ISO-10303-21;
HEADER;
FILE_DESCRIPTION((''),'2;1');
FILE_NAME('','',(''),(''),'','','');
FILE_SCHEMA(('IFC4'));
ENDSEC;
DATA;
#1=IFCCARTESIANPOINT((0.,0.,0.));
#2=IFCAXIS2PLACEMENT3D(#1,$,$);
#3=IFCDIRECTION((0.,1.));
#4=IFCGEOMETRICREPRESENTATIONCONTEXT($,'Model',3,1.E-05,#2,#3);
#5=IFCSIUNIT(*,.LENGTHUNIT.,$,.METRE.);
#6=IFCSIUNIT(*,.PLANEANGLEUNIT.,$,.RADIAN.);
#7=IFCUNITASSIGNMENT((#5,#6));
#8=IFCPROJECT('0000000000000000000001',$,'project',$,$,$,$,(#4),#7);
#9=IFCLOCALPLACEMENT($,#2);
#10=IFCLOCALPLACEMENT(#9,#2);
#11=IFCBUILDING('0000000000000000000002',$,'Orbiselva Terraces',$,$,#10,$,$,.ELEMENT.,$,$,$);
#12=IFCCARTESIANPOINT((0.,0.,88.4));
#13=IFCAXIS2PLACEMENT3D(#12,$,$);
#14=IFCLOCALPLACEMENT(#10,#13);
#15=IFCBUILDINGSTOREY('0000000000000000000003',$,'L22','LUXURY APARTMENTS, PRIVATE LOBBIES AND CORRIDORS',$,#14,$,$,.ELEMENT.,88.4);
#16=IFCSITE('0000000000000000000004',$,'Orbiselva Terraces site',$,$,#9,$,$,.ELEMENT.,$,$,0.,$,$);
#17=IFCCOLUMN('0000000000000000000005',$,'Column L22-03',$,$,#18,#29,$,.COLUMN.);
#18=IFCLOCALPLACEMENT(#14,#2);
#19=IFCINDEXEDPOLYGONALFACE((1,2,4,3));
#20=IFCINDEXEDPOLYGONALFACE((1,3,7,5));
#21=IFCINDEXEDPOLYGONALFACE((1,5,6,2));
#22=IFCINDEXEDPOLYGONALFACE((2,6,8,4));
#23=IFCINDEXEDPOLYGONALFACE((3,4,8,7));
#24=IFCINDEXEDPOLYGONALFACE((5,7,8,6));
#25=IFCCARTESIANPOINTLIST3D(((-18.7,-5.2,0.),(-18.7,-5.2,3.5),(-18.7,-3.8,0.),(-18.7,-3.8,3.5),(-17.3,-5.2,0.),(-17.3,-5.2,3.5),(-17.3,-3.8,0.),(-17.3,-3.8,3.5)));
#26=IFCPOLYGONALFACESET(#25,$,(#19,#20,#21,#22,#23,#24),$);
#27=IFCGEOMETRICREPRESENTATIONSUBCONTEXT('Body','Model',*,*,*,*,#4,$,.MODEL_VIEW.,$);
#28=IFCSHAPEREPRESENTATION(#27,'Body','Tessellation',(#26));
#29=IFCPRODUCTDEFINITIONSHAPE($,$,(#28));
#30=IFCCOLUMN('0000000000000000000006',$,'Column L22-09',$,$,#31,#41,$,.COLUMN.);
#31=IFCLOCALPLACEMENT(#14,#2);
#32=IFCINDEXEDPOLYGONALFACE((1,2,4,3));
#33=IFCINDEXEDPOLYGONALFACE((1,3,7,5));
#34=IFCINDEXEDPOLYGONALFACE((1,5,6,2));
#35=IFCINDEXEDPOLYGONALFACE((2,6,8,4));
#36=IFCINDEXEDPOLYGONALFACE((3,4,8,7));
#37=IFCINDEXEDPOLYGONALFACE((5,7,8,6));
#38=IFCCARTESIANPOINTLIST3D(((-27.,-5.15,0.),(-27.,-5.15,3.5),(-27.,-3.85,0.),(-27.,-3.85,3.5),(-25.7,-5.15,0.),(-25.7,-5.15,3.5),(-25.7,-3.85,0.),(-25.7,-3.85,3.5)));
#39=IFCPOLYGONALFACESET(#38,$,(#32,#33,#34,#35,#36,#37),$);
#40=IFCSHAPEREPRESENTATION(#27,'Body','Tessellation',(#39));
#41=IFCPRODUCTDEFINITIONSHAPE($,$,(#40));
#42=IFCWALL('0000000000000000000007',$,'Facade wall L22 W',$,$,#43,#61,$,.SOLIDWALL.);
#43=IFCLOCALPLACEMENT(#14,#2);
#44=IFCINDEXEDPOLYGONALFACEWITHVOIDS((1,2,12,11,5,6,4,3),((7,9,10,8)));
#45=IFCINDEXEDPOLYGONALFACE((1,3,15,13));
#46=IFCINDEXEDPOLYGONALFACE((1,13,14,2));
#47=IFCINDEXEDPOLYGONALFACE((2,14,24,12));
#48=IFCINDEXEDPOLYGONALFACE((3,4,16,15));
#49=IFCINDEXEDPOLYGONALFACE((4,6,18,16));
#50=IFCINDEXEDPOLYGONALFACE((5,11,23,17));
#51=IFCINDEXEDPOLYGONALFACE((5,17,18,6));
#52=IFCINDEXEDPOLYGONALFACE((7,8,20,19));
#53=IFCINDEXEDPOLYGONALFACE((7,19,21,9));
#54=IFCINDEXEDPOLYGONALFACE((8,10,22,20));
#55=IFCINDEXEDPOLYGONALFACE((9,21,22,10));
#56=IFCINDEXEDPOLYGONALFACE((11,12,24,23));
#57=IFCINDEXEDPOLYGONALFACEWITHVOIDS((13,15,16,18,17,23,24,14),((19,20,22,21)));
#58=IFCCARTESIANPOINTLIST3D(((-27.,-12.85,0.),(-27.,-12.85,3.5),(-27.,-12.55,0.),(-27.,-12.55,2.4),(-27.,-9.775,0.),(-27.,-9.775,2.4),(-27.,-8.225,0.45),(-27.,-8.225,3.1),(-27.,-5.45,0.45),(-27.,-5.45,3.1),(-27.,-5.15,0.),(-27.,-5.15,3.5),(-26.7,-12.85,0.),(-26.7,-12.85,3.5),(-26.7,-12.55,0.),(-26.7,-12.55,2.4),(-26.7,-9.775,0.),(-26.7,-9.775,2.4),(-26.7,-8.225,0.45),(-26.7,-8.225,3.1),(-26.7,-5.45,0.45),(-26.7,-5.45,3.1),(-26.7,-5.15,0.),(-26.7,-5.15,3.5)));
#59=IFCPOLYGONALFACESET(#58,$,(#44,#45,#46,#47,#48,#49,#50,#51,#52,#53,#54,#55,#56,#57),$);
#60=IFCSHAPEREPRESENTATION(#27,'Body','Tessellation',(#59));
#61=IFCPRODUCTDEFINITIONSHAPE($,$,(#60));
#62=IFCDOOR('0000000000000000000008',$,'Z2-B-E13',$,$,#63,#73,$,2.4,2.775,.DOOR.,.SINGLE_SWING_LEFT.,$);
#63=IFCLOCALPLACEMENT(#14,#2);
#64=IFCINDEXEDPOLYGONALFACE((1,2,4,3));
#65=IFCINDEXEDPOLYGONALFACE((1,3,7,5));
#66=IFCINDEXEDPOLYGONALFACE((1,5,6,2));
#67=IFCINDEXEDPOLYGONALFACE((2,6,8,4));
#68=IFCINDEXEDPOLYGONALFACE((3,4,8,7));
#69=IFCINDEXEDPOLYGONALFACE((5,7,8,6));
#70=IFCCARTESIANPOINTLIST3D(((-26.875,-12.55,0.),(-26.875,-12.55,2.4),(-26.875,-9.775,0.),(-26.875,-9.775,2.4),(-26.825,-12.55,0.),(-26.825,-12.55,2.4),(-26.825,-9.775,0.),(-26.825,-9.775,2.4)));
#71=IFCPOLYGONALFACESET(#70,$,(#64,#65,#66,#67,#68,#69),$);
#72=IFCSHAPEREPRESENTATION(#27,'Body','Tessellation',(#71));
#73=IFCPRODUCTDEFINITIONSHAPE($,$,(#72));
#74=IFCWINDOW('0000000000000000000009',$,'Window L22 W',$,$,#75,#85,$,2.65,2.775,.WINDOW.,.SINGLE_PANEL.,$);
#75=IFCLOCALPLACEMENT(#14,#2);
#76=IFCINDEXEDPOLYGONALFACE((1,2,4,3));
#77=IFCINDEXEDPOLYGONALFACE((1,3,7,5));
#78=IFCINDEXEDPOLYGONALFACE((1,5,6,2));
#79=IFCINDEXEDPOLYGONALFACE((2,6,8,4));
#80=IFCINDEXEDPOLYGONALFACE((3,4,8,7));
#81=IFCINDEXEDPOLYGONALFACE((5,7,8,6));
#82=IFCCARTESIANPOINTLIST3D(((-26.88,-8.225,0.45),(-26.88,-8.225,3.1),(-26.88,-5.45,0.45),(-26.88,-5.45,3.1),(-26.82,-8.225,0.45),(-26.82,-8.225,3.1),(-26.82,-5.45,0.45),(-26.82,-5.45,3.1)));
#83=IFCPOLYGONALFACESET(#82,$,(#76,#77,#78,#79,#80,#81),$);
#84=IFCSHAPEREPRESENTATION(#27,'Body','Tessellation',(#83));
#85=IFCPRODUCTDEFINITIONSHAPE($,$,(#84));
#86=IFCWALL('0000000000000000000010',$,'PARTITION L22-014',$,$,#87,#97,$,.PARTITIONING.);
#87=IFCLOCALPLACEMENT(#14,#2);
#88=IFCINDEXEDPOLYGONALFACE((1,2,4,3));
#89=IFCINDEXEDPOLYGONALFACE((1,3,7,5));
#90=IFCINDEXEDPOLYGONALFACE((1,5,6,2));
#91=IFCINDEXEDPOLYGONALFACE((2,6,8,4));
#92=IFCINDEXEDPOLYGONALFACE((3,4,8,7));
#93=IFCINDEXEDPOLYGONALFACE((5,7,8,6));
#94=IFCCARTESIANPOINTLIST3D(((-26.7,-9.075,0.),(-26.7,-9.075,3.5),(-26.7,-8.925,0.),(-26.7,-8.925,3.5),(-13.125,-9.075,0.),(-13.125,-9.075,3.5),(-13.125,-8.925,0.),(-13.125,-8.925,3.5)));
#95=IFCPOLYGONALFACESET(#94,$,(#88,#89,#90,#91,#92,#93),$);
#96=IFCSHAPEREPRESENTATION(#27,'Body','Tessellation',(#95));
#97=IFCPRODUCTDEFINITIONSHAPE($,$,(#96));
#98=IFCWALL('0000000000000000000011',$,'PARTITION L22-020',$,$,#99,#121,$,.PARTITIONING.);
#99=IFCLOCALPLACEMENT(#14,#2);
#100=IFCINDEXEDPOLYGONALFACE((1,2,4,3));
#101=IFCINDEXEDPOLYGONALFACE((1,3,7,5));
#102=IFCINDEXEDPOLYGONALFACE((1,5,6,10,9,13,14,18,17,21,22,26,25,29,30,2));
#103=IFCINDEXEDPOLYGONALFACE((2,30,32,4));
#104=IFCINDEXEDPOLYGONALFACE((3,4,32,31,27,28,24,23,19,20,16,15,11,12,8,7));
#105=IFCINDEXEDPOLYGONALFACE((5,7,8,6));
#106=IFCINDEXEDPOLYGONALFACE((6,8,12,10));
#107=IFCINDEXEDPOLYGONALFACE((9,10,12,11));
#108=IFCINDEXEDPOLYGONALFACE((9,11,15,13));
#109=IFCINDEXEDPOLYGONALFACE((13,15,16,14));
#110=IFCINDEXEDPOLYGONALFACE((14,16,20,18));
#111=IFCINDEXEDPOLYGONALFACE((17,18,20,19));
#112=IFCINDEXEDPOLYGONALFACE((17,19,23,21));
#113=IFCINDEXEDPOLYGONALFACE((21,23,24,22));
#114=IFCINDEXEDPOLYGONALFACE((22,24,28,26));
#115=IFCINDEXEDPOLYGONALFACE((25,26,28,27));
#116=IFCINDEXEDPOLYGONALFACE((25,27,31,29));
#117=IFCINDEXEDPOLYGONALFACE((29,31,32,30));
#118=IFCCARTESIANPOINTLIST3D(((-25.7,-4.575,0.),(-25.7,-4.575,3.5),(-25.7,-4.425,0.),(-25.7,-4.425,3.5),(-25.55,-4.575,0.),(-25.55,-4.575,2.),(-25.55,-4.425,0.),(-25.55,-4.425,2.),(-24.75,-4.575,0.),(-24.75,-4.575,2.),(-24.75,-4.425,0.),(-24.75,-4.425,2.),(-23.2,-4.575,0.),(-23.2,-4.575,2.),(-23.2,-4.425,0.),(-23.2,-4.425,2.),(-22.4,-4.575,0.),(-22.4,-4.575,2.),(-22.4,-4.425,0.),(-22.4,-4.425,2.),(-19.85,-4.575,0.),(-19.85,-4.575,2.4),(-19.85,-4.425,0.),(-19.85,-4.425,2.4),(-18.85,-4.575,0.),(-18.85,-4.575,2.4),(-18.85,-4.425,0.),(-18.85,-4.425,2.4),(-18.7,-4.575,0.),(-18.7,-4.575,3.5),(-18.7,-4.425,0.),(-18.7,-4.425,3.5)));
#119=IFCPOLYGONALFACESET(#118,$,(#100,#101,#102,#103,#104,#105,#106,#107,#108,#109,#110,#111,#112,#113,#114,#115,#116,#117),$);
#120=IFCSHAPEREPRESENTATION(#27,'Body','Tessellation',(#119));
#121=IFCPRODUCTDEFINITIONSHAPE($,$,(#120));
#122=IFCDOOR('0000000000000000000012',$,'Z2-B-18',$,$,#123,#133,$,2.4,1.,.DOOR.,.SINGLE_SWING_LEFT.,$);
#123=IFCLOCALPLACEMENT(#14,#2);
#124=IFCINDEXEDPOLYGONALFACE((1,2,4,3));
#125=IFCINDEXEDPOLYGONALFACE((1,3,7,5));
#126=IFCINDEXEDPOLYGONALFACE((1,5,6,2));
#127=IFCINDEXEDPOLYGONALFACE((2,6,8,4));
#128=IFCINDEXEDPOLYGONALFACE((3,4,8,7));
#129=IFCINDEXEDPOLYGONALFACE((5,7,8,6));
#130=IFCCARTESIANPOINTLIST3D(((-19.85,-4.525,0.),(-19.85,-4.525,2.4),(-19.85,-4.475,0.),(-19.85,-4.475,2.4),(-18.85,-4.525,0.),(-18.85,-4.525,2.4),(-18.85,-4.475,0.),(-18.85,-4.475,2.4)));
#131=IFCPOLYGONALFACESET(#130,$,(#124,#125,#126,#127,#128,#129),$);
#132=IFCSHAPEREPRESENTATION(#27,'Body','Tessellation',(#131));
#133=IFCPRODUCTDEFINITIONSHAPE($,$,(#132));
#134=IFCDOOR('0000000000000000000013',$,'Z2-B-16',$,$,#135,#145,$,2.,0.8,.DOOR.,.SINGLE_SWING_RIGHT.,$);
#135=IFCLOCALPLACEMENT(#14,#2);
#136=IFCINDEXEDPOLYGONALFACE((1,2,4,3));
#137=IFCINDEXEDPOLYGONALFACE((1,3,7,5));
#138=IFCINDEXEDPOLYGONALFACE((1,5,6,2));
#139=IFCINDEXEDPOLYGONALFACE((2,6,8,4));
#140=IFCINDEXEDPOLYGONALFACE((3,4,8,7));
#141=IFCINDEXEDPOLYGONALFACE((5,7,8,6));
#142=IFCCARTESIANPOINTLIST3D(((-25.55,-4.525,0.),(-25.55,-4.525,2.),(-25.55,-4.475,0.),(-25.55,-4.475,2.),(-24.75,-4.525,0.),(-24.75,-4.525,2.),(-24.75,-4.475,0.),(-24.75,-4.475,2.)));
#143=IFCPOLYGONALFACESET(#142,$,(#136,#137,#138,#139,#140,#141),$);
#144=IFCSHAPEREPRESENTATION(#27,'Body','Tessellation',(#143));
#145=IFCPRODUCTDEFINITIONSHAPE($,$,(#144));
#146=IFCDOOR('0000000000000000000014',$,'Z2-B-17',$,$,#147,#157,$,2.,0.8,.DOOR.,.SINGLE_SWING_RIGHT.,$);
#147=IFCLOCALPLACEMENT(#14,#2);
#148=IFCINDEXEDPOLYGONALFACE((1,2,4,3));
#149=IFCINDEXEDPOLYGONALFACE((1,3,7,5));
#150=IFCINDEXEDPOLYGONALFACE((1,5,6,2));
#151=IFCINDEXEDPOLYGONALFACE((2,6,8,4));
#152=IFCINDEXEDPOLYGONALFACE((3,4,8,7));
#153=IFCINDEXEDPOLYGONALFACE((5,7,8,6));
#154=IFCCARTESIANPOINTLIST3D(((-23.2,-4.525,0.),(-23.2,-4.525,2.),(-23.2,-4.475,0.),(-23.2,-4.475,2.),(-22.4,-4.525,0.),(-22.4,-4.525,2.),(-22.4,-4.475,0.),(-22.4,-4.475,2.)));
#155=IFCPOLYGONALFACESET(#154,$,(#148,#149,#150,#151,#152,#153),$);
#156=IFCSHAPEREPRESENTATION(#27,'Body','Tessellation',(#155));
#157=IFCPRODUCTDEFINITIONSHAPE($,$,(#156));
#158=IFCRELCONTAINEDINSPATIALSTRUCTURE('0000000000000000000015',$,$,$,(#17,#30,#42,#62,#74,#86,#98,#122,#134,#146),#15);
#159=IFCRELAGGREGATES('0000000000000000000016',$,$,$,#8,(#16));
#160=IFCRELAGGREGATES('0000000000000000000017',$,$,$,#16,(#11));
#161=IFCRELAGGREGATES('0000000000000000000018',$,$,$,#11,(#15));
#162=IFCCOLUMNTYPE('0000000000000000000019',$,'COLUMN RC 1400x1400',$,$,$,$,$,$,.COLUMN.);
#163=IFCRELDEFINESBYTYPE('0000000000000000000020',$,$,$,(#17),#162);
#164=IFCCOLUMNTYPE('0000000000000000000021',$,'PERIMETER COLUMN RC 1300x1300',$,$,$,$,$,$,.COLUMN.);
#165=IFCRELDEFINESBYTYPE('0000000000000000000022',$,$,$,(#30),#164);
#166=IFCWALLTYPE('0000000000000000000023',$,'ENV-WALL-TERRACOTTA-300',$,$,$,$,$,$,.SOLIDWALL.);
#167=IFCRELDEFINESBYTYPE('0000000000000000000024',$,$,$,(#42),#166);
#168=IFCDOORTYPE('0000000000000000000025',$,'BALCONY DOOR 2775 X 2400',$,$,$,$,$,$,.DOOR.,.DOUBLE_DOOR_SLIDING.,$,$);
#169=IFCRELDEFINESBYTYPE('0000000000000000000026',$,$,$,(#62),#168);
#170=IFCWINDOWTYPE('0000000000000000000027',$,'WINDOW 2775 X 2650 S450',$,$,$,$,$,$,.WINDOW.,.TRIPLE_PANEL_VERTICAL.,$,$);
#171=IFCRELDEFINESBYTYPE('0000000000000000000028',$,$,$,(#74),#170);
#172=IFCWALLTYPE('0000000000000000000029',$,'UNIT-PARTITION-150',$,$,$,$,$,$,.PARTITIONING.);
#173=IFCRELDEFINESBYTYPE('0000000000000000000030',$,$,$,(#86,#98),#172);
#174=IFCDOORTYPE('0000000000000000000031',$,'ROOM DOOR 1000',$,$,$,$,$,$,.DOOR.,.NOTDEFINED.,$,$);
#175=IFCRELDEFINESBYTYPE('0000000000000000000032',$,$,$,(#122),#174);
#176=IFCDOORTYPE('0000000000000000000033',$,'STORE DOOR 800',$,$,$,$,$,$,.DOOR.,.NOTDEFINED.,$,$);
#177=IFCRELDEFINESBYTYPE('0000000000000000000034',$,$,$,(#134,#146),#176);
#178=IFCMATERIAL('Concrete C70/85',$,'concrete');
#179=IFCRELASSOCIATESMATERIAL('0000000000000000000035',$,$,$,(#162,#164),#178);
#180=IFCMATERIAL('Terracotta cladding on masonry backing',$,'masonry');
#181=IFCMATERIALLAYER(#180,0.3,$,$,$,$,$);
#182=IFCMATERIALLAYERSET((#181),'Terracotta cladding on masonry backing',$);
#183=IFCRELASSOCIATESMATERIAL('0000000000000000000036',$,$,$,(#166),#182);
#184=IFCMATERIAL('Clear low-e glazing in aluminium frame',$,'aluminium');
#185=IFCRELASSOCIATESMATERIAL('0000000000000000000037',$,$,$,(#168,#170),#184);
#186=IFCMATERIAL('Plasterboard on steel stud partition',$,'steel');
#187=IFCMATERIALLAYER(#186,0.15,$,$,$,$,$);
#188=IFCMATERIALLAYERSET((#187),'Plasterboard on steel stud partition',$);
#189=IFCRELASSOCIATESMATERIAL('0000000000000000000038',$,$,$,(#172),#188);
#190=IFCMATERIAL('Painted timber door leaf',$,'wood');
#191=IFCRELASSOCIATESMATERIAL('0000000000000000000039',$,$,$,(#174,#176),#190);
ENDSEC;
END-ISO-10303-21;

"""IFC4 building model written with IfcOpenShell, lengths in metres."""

from ifc_helpers import new_model, si_unit, direction, frame, frame_2d, origin, origin_2d, place, context, subcontext, project, spatial, rectangle, extrude, material, layer, layer_set, material_profile, profile_set, type_object, element, fill, save


model = new_model("IFC4")

# Units and contexts
model_context = context("Model", 3, precision=1e-05, world=origin(), true_north=direction((0.0, 1.0)))
body_context = subcontext(model_context, "Body", "Model", "MODEL_VIEW")
ifc_project = project(units=[si_unit("LENGTHUNIT", "METRE"), si_unit("PLANEANGLEUNIT", "RADIAN")], contexts=[model_context])

# Site, building, storey
site_placement = place(None, origin())
site = spatial("IfcSite", under=ifc_project, at=site_placement, Name="Orbiselva Terraces site", CompositionType="ELEMENT", RefElevation=0.0)
building_placement = place(site_placement, origin())
building = spatial("IfcBuilding", under=site, at=building_placement, Name="Orbiselva Terraces", CompositionType="ELEMENT")
storey_placement = place(building_placement, frame((0.0, 0.0, 88.4)))
storey = spatial("IfcBuildingStorey", under=building, at=storey_placement, Name="L22", Description="LUXURY APARTMENTS, PRIVATE LOBBIES AND CORRIDORS", CompositionType="ELEMENT", Elevation=88.4)

# Columns
ifc_material_1 = material(Name="Concrete C70/85", Category="concrete")
ifc_material_profile_1 = material_profile(ifc_material_1, rectangle(XDim=1.4, YDim=1.4, at=origin_2d()), Name="RC 1400x1400")
ifc_profile_set_1 = profile_set([ifc_material_profile_1], Name="Concrete C70/85")
column_type_1 = type_object("IfcColumnType", Name="COLUMN RC 1400x1400", PredefinedType="COLUMN", material=ifc_profile_set_1)
column_1_placement = place(storey_placement, frame((-18.0, -4.5, 0.0), z_axis=(0.0, 0.0, 1.0), x_axis=(1.0, 0.0, 0.0)))
element("IfcColumn", 1, at=column_1_placement, inside=storey, type_object=column_type_1, Name="Column L22-03", PredefinedType="COLUMN", context=body_context, shape_type="SweptSolid", body=[
    extrude(rectangle(XDim=1.4, YDim=1.4, at=origin_2d()), origin(), (0.0, 0.0, 1.0), 3.5),
])
ifc_material_profile_2 = material_profile(ifc_material_1, rectangle(XDim=1.3, YDim=1.3, at=origin_2d()), Name="RC 1300x1300")
ifc_profile_set_2 = profile_set([ifc_material_profile_2], Name="Concrete C70/85")
column_type_2 = type_object("IfcColumnType", Name="PERIMETER COLUMN RC 1300x1300", PredefinedType="COLUMN", material=ifc_profile_set_2)
column_2_placement = place(storey_placement, frame((-26.35, -4.5, 0.0), z_axis=(0.0, 0.0, 1.0), x_axis=(1.0, 0.0, 0.0)))
element("IfcColumn", 2, at=column_2_placement, inside=storey, type_object=column_type_2, Name="Column L22-09", PredefinedType="COLUMN", context=body_context, shape_type="SweptSolid", body=[
    extrude(rectangle(XDim=1.3, YDim=1.3, at=origin_2d()), origin(), (0.0, 0.0, 1.0), 3.5),
])

# Wall, openings, door, window
ifc_material_2 = material(Name="Terracotta cladding on masonry backing", Category="masonry")
ifc_layer_1 = layer(ifc_material_2, 0.3)
ifc_layer_set_1 = layer_set([ifc_layer_1], Name="Terracotta cladding on masonry backing")
wall_type_1 = type_object("IfcWallType", Name="ENV-WALL-TERRACOTTA-300", PredefinedType="SOLIDWALL", material=ifc_layer_set_1)
wall_1_placement = place(storey_placement, frame((-26.85, -12.85, 0.0), z_axis=(0.0, 0.0, 1.0), x_axis=(0.0, 1.0, 0.0)))
wall_1 = element("IfcWall", 3, at=wall_1_placement, inside=storey, type_object=wall_type_1, Name="Facade wall L22 W", PredefinedType="SOLIDWALL", context=body_context, shape_type="SweptSolid", body=[
    extrude(rectangle(XDim=7.7, YDim=0.3, at=frame_2d((3.85, 0.0))), origin(), (0.0, 0.0, 1.0), 3.5),
])
opening_1_placement = place(wall_1_placement, frame((4.625, 0.0, 0.45)))
opening_1 = element("IfcOpeningElement", 4, at=opening_1_placement, cuts=wall_1, PredefinedType="OPENING", context=body_context, shape_type="SweptSolid", body=[
    extrude(rectangle(XDim=2.775, YDim=2.65, at=frame_2d((1.3875, 1.325))), frame((0.0, 0.16, 0.0), z_axis=(0.0, -1.0, 0.0), x_axis=(1.0, 0.0, 0.0)), (0.0, 0.0, 1.0), 0.32),
])
opening_2_placement = place(wall_1_placement, frame((0.3, 0.0, 0.0)))
opening_2 = element("IfcOpeningElement", 5, at=opening_2_placement, cuts=wall_1, PredefinedType="OPENING", context=body_context, shape_type="SweptSolid", body=[
    extrude(rectangle(XDim=2.775, YDim=2.4, at=frame_2d((1.3875, 1.2))), frame((0.0, 0.16, 0.0), z_axis=(0.0, -1.0, 0.0), x_axis=(1.0, 0.0, 0.0)), (0.0, 0.0, 1.0), 0.32),
])
ifc_material_3 = material(Name="Clear low-e glazing in aluminium frame", Category="aluminium")
door_type_1 = type_object("IfcDoorType", Name="BALCONY DOOR 2775 X 2400", OperationType="DOUBLE_DOOR_SLIDING", PredefinedType="DOOR", material=ifc_material_3)
door_1_placement = place(opening_2_placement, origin())
door_1 = element("IfcDoor", 6, at=door_1_placement, inside=storey, type_object=door_type_1, Name="Z2-B-E13", OperationType="SINGLE_SWING_LEFT", OverallHeight=2.4, OverallWidth=2.775, PredefinedType="DOOR", context=body_context, shape_type="SweptSolid", body=[
    extrude(rectangle(XDim=2.775, YDim=2.4, at=frame_2d((1.3875, 1.2))), frame((0.0, 0.025, 0.0), z_axis=(0.0, -1.0, 0.0), x_axis=(1.0, 0.0, 0.0)), (0.0, 0.0, 1.0), 0.05),
])
fill(opening_2, door_1)
window_type = type_object("IfcWindowType", Name="WINDOW 2775 X 2650 S450", PartitioningType="TRIPLE_PANEL_VERTICAL", PredefinedType="WINDOW", material=ifc_material_3)
window_placement = place(opening_1_placement, origin())
window = element("IfcWindow", 7, at=window_placement, inside=storey, type_object=window_type, Name="Window L22 W", OverallHeight=2.65, OverallWidth=2.775, PartitioningType="SINGLE_PANEL", PredefinedType="WINDOW", context=body_context, shape_type="SweptSolid", body=[
    extrude(rectangle(XDim=2.775, YDim=2.65, at=frame_2d((1.3875, 1.325))), frame((0.0, 0.03, 0.0), z_axis=(0.0, -1.0, 0.0), x_axis=(1.0, 0.0, 0.0)), (0.0, 0.0, 1.0), 0.06),
])
fill(opening_1, window)

# Wall
ifc_material_4 = material(Name="Plasterboard on steel stud partition", Category="steel")
ifc_layer_2 = layer(ifc_material_4, 0.15)
ifc_layer_set_2 = layer_set([ifc_layer_2], Name="Plasterboard on steel stud partition")
wall_type_2 = type_object("IfcWallType", Name="UNIT-PARTITION-150", PredefinedType="PARTITIONING", material=ifc_layer_set_2)
wall_2_placement = place(storey_placement, frame((-26.7, -9.0, 0.0), z_axis=(0.0, 0.0, 1.0), x_axis=(1.0, 0.0, 0.0)))
element("IfcWall", 8, at=wall_2_placement, inside=storey, type_object=wall_type_2, Name="PARTITION L22-014", PredefinedType="PARTITIONING", context=body_context, shape_type="SweptSolid", body=[
    extrude(rectangle(XDim=13.575, YDim=0.15, at=frame_2d((6.7875, 0.0))), origin(), (0.0, 0.0, 1.0), 3.5),
])

# Wall, openings, doors
wall_3_placement = place(storey_placement, frame((-18.7, -4.5, 0.0), z_axis=(0.0, 0.0, 1.0), x_axis=(-1.0, 0.0, 0.0)))
wall_3 = element("IfcWall", 9, at=wall_3_placement, inside=storey, type_object=wall_type_2, Name="PARTITION L22-020", PredefinedType="PARTITIONING", context=body_context, shape_type="SweptSolid", body=[
    extrude(rectangle(XDim=7.0, YDim=0.15, at=frame_2d((3.5, 0.0))), origin(), (0.0, 0.0, 1.0), 3.5),
])
opening_3_placement = place(wall_3_placement, frame((6.05, 0.0, 0.0)))
opening_3 = element("IfcOpeningElement", 10, at=opening_3_placement, cuts=wall_3, PredefinedType="OPENING", context=body_context, shape_type="SweptSolid", body=[
    extrude(rectangle(XDim=0.8, YDim=2.0, at=frame_2d((0.4, 1.0))), frame((0.0, 0.085, 0.0), z_axis=(0.0, -1.0, 0.0), x_axis=(1.0, 0.0, 0.0)), (0.0, 0.0, 1.0), 0.17),
])
opening_4_placement = place(wall_3_placement, frame((3.7, 0.0, 0.0)))
opening_4 = element("IfcOpeningElement", 11, at=opening_4_placement, cuts=wall_3, PredefinedType="OPENING", context=body_context, shape_type="SweptSolid", body=[
    extrude(rectangle(XDim=0.8, YDim=2.0, at=frame_2d((0.4, 1.0))), frame((0.0, 0.085, 0.0), z_axis=(0.0, -1.0, 0.0), x_axis=(1.0, 0.0, 0.0)), (0.0, 0.0, 1.0), 0.17),
])
opening_5_placement = place(wall_3_placement, frame((0.15, 0.0, 0.0)))
opening_5 = element("IfcOpeningElement", 12, at=opening_5_placement, cuts=wall_3, PredefinedType="OPENING", context=body_context, shape_type="SweptSolid", body=[
    extrude(rectangle(XDim=1.0, YDim=2.4, at=frame_2d((0.5, 1.2))), frame((0.0, 0.085, 0.0), z_axis=(0.0, -1.0, 0.0), x_axis=(1.0, 0.0, 0.0)), (0.0, 0.0, 1.0), 0.17),
])
ifc_material_5 = material(Name="Painted timber door leaf", Category="wood")
door_type_2 = type_object("IfcDoorType", Name="ROOM DOOR 1000", OperationType="NOTDEFINED", PredefinedType="DOOR", material=ifc_material_5)
door_2_placement = place(opening_5_placement, origin())
door_2 = element("IfcDoor", 13, at=door_2_placement, inside=storey, type_object=door_type_2, Name="Z2-B-18", OperationType="SINGLE_SWING_LEFT", OverallHeight=2.4, OverallWidth=1.0, PredefinedType="DOOR", context=body_context, shape_type="SweptSolid", body=[
    extrude(rectangle(XDim=1.0, YDim=2.4, at=frame_2d((0.5, 1.2))), frame((0.0, 0.025, 0.0), z_axis=(0.0, -1.0, 0.0), x_axis=(1.0, 0.0, 0.0)), (0.0, 0.0, 1.0), 0.05),
])
fill(opening_5, door_2)
door_type_3 = type_object("IfcDoorType", Name="STORE DOOR 800", OperationType="NOTDEFINED", PredefinedType="DOOR", material=ifc_material_5)
door_3_placement = place(opening_3_placement, origin())
door_3 = element("IfcDoor", 14, at=door_3_placement, inside=storey, type_object=door_type_3, Name="Z2-B-16", OperationType="SINGLE_SWING_RIGHT", OverallHeight=2.0, OverallWidth=0.8, PredefinedType="DOOR", context=body_context, shape_type="SweptSolid", body=[
    extrude(rectangle(XDim=0.8, YDim=2.0, at=frame_2d((0.4, 1.0))), frame((0.0, 0.025, 0.0), z_axis=(0.0, -1.0, 0.0), x_axis=(1.0, 0.0, 0.0)), (0.0, 0.0, 1.0), 0.05),
])
fill(opening_3, door_3)
door_4_placement = place(opening_4_placement, origin())
door_4 = element("IfcDoor", 15, at=door_4_placement, inside=storey, type_object=door_type_3, Name="Z2-B-17", OperationType="SINGLE_SWING_RIGHT", OverallHeight=2.0, OverallWidth=0.8, PredefinedType="DOOR", context=body_context, shape_type="SweptSolid", body=[
    extrude(rectangle(XDim=0.8, YDim=2.0, at=frame_2d((0.4, 1.0))), frame((0.0, 0.025, 0.0), z_axis=(0.0, -1.0, 0.0), x_axis=(1.0, 0.0, 0.0)), (0.0, 0.0, 1.0), 0.05),
])
fill(opening_4, door_4)

save(model, "model.ifc")
